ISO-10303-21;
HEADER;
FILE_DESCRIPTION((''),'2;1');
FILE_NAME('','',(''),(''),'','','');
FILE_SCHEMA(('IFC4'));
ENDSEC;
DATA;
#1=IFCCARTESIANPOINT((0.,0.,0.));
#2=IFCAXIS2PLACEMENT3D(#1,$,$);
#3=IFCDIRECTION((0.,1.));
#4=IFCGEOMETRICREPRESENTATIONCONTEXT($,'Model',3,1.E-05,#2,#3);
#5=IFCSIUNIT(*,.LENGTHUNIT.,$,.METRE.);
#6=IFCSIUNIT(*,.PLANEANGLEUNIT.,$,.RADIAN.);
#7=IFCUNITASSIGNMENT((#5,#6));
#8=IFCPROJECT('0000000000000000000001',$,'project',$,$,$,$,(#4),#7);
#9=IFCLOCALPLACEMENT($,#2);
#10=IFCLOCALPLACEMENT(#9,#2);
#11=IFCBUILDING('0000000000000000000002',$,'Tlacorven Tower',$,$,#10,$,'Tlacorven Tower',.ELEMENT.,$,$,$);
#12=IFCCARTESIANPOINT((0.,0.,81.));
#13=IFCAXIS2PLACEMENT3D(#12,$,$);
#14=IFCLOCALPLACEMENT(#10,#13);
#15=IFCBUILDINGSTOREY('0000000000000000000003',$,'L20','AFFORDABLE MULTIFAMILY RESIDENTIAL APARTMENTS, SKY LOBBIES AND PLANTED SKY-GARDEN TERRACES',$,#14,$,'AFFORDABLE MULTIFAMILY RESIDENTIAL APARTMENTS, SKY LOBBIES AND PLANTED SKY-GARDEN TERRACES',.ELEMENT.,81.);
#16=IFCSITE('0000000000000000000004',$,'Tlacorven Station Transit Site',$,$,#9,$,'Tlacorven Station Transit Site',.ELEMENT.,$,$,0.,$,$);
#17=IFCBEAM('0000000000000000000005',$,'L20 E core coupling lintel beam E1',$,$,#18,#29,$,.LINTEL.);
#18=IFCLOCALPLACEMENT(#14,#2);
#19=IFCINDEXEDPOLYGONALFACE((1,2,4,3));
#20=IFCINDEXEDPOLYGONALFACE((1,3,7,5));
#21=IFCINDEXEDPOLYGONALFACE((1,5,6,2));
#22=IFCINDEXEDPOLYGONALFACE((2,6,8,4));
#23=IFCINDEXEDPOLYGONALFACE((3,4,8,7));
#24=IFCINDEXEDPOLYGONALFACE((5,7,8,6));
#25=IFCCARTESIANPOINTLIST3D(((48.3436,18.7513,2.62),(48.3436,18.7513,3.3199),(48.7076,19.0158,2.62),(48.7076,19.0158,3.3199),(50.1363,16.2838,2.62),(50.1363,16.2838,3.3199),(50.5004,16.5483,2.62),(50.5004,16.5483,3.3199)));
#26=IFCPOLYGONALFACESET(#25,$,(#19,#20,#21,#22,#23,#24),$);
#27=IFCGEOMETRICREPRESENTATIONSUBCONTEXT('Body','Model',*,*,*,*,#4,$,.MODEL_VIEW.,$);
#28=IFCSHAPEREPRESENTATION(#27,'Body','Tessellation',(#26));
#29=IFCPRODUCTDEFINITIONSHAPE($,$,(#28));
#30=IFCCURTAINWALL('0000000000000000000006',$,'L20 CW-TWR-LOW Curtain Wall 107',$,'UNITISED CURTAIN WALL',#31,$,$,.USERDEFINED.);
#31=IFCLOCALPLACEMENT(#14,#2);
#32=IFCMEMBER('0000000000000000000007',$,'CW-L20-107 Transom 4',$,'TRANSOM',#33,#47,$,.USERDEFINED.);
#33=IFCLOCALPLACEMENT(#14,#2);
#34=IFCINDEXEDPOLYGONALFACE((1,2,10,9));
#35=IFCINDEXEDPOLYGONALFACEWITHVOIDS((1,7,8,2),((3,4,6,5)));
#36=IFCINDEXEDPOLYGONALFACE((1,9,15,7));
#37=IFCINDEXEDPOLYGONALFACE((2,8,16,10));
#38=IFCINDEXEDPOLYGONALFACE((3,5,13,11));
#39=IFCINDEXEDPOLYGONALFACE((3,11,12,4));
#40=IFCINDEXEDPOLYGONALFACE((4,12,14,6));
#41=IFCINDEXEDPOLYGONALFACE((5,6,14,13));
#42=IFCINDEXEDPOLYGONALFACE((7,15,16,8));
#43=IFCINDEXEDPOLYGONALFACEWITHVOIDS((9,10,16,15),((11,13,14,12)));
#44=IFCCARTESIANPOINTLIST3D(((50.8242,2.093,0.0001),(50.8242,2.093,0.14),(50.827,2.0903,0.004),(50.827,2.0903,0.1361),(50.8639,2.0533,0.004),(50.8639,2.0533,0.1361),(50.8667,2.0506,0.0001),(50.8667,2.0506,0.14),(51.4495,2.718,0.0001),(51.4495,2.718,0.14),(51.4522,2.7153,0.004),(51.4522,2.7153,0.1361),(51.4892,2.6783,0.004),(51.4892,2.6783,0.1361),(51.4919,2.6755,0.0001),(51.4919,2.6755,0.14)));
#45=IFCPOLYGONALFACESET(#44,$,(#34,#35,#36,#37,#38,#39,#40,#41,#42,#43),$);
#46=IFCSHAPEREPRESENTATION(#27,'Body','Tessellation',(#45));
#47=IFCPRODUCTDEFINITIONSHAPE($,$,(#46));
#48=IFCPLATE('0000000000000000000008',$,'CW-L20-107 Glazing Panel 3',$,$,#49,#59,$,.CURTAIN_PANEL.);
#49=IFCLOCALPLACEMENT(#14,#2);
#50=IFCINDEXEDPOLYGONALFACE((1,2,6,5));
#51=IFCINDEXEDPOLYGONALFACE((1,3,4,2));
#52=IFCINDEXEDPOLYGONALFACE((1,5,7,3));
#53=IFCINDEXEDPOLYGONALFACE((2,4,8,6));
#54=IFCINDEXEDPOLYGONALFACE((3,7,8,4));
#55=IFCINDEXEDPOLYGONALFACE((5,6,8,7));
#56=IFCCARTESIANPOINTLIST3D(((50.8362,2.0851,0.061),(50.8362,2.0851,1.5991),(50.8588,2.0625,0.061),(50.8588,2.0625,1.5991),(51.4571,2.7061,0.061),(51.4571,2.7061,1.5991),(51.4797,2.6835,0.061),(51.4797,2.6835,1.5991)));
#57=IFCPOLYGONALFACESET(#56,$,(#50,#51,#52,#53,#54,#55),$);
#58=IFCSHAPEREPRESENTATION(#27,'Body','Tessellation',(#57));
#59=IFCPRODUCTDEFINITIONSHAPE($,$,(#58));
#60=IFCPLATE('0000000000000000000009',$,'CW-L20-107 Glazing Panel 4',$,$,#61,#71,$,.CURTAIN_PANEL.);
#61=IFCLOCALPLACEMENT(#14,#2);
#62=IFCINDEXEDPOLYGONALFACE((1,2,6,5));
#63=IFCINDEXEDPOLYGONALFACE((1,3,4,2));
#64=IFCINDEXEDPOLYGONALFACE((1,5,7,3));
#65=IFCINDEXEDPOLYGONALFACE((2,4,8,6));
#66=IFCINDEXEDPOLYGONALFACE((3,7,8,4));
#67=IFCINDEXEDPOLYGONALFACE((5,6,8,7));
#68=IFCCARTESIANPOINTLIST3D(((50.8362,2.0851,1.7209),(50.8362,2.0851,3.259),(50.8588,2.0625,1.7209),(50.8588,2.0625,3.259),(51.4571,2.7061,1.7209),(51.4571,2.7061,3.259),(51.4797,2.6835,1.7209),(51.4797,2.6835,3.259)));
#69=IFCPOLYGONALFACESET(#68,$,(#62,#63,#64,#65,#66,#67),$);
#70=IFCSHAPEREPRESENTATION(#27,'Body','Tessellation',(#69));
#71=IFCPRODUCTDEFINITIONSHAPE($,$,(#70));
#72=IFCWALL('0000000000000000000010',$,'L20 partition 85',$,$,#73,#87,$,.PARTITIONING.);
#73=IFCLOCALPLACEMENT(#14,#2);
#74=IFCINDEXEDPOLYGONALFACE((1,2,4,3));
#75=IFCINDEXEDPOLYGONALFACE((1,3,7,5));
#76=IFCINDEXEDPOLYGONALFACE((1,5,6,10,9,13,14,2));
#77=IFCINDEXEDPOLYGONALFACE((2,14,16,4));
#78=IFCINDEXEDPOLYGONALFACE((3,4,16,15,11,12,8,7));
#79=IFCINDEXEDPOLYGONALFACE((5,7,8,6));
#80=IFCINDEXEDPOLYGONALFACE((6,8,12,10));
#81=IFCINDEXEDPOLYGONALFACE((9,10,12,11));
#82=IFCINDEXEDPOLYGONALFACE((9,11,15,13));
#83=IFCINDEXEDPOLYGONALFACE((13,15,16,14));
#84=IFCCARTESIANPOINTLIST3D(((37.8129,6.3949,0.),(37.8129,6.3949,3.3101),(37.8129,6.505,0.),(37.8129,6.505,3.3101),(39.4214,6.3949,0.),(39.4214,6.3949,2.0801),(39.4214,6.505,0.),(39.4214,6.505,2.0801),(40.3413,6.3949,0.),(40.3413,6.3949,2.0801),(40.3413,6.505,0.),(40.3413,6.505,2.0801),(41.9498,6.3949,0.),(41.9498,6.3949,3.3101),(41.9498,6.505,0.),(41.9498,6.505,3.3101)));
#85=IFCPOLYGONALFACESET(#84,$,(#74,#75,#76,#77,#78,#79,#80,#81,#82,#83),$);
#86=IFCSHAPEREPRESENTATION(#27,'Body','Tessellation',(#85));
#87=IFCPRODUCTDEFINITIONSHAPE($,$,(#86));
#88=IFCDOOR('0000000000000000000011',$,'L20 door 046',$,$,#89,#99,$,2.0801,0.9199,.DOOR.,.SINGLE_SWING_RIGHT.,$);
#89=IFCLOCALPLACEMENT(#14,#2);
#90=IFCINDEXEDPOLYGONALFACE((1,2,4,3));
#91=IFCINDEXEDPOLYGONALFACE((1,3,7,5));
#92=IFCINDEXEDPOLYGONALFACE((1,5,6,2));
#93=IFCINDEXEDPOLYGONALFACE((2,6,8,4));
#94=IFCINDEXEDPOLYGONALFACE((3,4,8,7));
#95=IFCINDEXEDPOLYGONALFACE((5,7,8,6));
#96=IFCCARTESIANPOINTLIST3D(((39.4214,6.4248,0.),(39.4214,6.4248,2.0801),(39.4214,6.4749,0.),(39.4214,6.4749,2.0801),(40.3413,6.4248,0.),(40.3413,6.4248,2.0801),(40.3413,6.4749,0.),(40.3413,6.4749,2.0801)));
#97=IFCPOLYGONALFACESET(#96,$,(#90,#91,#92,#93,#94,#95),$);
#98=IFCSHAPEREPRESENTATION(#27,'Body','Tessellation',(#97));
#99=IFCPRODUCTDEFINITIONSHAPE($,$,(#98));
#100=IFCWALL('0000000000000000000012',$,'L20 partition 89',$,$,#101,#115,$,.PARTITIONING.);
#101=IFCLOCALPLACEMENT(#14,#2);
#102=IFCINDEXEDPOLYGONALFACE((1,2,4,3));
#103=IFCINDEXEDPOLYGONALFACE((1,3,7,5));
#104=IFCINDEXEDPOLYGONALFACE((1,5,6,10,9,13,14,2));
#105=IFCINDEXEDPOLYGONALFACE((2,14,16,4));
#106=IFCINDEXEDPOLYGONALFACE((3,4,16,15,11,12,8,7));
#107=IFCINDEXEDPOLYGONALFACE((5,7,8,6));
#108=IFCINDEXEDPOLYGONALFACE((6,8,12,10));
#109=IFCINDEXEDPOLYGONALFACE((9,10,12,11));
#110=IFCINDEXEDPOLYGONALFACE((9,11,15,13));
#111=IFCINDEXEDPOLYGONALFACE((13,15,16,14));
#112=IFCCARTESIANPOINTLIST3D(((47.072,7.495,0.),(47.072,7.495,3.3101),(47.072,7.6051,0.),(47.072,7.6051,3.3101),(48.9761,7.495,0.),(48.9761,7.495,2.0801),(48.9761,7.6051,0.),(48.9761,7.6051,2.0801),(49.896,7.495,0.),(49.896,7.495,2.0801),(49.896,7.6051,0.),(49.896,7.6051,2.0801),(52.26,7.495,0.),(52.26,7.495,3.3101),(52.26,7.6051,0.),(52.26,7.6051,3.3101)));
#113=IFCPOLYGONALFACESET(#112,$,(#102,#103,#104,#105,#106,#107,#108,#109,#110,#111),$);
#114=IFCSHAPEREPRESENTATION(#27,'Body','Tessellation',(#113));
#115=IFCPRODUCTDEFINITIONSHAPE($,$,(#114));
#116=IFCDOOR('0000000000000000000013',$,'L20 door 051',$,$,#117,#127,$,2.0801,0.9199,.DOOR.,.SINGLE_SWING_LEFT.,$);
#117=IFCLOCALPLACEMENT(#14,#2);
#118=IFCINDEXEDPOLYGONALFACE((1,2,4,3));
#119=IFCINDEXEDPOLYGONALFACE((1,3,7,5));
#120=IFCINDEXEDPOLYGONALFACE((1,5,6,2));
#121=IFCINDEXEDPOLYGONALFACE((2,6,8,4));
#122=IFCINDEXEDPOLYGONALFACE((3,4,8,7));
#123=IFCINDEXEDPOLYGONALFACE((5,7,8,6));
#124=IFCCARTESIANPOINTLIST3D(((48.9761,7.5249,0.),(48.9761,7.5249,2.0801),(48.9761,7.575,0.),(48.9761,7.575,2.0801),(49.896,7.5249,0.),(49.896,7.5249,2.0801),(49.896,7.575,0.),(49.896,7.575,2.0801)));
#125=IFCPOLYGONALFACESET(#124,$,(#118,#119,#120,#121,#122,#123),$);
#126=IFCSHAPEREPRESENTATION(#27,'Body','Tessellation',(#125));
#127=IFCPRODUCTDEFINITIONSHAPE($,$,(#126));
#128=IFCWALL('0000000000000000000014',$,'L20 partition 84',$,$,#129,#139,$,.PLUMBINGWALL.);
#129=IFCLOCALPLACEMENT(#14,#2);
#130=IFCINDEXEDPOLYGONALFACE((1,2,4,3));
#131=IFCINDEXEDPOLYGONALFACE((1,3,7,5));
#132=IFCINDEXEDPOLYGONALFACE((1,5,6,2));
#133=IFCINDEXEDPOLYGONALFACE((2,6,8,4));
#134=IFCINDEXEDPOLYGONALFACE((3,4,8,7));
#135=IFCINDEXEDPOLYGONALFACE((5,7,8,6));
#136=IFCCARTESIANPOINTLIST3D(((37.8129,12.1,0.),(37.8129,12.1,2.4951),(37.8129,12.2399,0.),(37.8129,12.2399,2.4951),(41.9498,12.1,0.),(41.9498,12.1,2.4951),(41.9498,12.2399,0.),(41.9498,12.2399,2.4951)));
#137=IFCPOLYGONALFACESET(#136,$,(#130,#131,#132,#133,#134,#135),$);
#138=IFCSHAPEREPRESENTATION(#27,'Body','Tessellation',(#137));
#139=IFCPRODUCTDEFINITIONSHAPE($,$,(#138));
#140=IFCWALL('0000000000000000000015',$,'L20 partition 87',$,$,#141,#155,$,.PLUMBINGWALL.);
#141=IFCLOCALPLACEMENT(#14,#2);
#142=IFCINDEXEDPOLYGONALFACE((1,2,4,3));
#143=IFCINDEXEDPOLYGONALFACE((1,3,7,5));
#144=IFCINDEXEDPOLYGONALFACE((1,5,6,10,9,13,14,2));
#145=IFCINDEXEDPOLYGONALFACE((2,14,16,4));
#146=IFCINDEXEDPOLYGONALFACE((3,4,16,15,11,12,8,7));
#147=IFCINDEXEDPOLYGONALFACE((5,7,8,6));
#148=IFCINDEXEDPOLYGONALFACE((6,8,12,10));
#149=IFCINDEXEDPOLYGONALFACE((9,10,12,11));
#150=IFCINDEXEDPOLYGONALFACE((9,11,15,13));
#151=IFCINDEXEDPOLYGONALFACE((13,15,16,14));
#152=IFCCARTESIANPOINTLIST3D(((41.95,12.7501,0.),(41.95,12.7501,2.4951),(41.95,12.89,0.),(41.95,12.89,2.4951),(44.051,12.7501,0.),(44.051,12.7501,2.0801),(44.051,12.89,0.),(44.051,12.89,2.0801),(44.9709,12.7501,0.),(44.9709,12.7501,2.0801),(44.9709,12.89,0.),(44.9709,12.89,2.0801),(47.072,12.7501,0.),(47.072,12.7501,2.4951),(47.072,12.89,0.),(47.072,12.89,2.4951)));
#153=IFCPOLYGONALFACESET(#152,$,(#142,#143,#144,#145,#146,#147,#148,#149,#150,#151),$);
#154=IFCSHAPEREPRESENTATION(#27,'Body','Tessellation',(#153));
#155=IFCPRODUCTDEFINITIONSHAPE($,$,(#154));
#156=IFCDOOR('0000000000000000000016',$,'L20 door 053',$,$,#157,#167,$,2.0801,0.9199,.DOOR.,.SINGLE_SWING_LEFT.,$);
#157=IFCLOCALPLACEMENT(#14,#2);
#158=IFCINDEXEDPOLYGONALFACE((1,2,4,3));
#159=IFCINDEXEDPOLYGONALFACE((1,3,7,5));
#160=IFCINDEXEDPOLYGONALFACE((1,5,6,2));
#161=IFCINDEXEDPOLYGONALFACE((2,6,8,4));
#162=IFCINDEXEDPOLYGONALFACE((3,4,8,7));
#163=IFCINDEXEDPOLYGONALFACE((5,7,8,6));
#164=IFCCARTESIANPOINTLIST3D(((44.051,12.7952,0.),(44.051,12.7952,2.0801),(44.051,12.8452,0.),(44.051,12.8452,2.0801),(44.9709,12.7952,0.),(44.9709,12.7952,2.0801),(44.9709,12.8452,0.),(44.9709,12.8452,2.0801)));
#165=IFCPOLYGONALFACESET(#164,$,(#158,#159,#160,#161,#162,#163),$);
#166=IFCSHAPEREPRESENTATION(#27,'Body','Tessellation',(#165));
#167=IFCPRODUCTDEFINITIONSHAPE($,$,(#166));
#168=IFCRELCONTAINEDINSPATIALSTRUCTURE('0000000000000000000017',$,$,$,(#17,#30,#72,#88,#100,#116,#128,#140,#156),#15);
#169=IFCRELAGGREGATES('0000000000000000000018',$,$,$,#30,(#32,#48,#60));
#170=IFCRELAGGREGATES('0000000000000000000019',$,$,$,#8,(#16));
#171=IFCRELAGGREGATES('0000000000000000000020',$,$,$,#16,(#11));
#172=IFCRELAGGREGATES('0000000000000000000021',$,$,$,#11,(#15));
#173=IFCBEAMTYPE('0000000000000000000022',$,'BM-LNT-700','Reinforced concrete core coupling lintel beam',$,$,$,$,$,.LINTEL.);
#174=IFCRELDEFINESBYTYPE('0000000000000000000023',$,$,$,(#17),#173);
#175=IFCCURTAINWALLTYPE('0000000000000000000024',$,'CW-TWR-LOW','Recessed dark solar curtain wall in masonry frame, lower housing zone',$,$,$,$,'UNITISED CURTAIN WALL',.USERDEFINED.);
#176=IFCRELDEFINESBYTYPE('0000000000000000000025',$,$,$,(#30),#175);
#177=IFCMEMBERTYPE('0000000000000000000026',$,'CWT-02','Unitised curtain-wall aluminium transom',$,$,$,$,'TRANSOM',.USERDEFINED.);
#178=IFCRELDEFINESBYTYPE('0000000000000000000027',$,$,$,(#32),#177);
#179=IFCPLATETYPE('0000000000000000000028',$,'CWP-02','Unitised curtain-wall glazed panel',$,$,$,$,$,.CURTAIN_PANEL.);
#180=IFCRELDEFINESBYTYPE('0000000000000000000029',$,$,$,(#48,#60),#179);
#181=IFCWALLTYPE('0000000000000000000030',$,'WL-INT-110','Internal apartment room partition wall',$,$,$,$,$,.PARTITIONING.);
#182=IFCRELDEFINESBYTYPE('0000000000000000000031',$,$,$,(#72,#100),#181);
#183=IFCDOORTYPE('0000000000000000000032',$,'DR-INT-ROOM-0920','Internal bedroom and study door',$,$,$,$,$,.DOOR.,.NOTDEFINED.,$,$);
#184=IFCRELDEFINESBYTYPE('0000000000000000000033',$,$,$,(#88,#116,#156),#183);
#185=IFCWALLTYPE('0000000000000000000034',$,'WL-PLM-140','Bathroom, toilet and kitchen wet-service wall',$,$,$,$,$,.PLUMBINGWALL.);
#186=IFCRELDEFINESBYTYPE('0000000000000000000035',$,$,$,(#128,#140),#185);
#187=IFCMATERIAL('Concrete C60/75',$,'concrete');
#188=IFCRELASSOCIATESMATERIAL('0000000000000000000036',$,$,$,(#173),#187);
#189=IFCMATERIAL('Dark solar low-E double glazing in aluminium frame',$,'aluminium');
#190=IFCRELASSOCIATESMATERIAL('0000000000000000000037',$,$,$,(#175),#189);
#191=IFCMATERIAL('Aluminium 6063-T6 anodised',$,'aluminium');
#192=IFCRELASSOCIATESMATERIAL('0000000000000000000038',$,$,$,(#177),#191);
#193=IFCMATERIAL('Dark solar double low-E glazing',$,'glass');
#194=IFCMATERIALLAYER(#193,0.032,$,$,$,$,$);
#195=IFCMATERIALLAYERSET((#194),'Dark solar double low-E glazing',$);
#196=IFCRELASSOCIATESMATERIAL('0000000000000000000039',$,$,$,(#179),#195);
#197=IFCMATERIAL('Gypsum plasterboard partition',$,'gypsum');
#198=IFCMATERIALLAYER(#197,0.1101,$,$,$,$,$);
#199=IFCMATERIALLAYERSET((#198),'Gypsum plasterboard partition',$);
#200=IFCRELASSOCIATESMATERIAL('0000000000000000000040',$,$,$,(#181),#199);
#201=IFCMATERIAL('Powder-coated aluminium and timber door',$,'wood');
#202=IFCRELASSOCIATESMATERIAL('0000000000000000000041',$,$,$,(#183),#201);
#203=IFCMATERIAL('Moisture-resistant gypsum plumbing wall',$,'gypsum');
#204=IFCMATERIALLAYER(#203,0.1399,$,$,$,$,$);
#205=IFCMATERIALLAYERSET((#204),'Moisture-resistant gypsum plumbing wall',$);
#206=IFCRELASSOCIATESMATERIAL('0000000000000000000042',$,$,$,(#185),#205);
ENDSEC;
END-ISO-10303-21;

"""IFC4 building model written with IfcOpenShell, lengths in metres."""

from ifc_helpers import new_model, si_unit, direction, frame, frame_2d, origin, origin_2d, place, context, subcontext, project, spatial, rectangle, hollow_rectangle, extrude, source, transform, mapped, material, layer, layer_set, material_profile, profile_set, type_object, element, fill, aggregate, save


model = new_model("IFC4")

# Units and contexts
model_context = context("Model", 3, precision=1e-05, world=origin(), true_north=direction((0.0, 1.0)))
body_context = subcontext(model_context, "Body", "Model", "MODEL_VIEW")
ifc_project = project(units=[si_unit("LENGTHUNIT", "METRE"), si_unit("PLANEANGLEUNIT", "RADIAN")], contexts=[model_context])

# Site, building, storey
site_placement = place(None, origin())
site = spatial("IfcSite", under=ifc_project, at=site_placement, Name="Tlacorven Station Transit Site", LongName="Tlacorven Station Transit Site", CompositionType="ELEMENT", RefElevation=0.0)
building_placement = place(site_placement, origin())
building = spatial("IfcBuilding", under=site, at=building_placement, Name="Tlacorven Tower", LongName="Tlacorven Tower", CompositionType="ELEMENT")
storey_placement = place(building_placement, frame((0.0, 0.0, 81.0)))
storey = spatial("IfcBuildingStorey", under=building, at=storey_placement, Name="L20", Description="AFFORDABLE MULTIFAMILY RESIDENTIAL APARTMENTS, SKY LOBBIES AND PLANTED SKY-GARDEN TERRACES", LongName="AFFORDABLE MULTIFAMILY RESIDENTIAL APARTMENTS, SKY LOBBIES AND PLANTED SKY-GARDEN TERRACES", CompositionType="ELEMENT", Elevation=81.0)

# Beam
ifc_material_1 = material(Name="Concrete C60/75", Category="concrete")
ifc_material_profile_1 = material_profile(ifc_material_1, rectangle(XDim=0.45, YDim=0.7, at=origin_2d()), Name="RC 450X700")
ifc_profile_set_1 = profile_set([ifc_material_profile_1], Name="Concrete C60/75")
beam_type = type_object("IfcBeamType", Name="BM-LNT-700", Description="Reinforced concrete core coupling lintel beam", PredefinedType="LINTEL", material=ifc_profile_set_1)
shared_shape_1 = source(origin(), body_context, "Body", "SweptSolid", [
    extrude(rectangle(XDim=0.45, YDim=0.7, at=origin_2d()), origin(), (0.0, 0.0, 1.0), 3.05),
])
beam_placement = place(storey_placement, frame((50.3184, 16.416, 2.97), z_axis=(-0.587777, 0.809023, 0.0), x_axis=(-0.809023, -0.587777, 0.0)))
element("IfcBeam", 1, at=beam_placement, inside=storey, type_object=beam_type, Name="L20 E core coupling lintel beam E1", PredefinedType="LINTEL", context=body_context, shape_type="MappedRepresentation", body=[
    mapped(shared_shape_1, transform((0.0, 0.0, 0.0), scale=1.0)),
])

# Curtain wall, member, plates
ifc_material_2 = material(Name="Dark solar low-E double glazing in aluminium frame", Category="aluminium")
curtain_wall_type = type_object("IfcCurtainWallType", Name="CW-TWR-LOW", Description="Recessed dark solar curtain wall in masonry frame, lower housing zone", ElementType="UNITISED CURTAIN WALL", PredefinedType="USERDEFINED", material=ifc_material_2)
curtain_wall_placement = place(storey_placement, origin())
curtain_wall = element("IfcCurtainWall", 2, at=curtain_wall_placement, inside=storey, type_object=curtain_wall_type, Name="L20 CW-TWR-LOW Curtain Wall 107", ObjectType="UNITISED CURTAIN WALL", PredefinedType="USERDEFINED")
ifc_material_3 = material(Name="Aluminium 6063-T6 anodised", Category="aluminium")
ifc_material_profile_2 = material_profile(ifc_material_3, hollow_rectangle(XDim=0.0601, YDim=0.1399, WallThickness=0.0039, at=origin_2d()), Name="ALU TRANSOM 60X140")
ifc_profile_set_2 = profile_set([ifc_material_profile_2], Name="Aluminium 6063-T6 anodised")
member_type = type_object("IfcMemberType", Name="CWT-02", Description="Unitised curtain-wall aluminium transom", ElementType="TRANSOM", PredefinedType="USERDEFINED", material=ifc_profile_set_2)
shared_shape_2 = source(origin(), body_context, "Body", "SweptSolid", [
    extrude(hollow_rectangle(XDim=0.0601, YDim=0.1399, WallThickness=0.0039, at=origin_2d()), origin(), (0.0, 0.0, 1.0), 0.884),
])
member_placement = place(storey_placement, frame((51.4707, 2.6968, 0.0701), z_axis=(-0.707245, -0.706969, 0.0), x_axis=(0.706969, -0.707245, 0.0)))
member = element("IfcMember", 3, at=member_placement, type_object=member_type, Name="CW-L20-107 Transom 4", ObjectType="TRANSOM", PredefinedType="USERDEFINED", context=body_context, shape_type="MappedRepresentation", body=[
    mapped(shared_shape_2, transform((0.0, 0.0, 0.0), scale=1.0)),
])
ifc_material_4 = material(Name="Dark solar double low-E glazing", Category="glass")
ifc_layer_1 = layer(ifc_material_4, 0.032)
ifc_layer_set_1 = layer_set([ifc_layer_1], Name="Dark solar double low-E glazing")
plate_type = type_object("IfcPlateType", Name="CWP-02", Description="Unitised curtain-wall glazed panel", PredefinedType="CURTAIN_PANEL", material=ifc_layer_set_1)
shared_shape_3 = source(origin(), body_context, "Body", "SweptSolid", [
    extrude(rectangle(XDim=0.8782, YDim=0.032, at=origin_2d()), origin(), (0.0, 0.0, 1.0), 1.5381),
])
plate_1_placement = place(storey_placement, frame((51.158, 2.3843, 0.061), z_axis=(0.0, 0.0, 1.0), x_axis=(-0.707107, -0.707107, 0.0)))
plate_1 = element("IfcPlate", 4, at=plate_1_placement, type_object=plate_type, Name="CW-L20-107 Glazing Panel 3", PredefinedType="CURTAIN_PANEL", context=body_context, shape_type="MappedRepresentation", body=[
    mapped(shared_shape_3, transform((0.0, 0.0, 0.0), scale=1.0)),
])
plate_2_placement = place(storey_placement, frame((51.158, 2.3843, 1.7209), z_axis=(0.0, 0.0, 1.0), x_axis=(-0.707107, -0.707107, 0.0)))
plate_2 = element("IfcPlate", 5, at=plate_2_placement, type_object=plate_type, Name="CW-L20-107 Glazing Panel 4", PredefinedType="CURTAIN_PANEL", context=body_context, shape_type="MappedRepresentation", body=[
    mapped(shared_shape_3, transform((0.0, 0.0, 0.0), scale=1.0)),
])
aggregate(curtain_wall, [member, plate_1, plate_2])

# Walls, openings, doors
ifc_material_5 = material(Name="Gypsum plasterboard partition", Category="gypsum")
ifc_layer_2 = layer(ifc_material_5, 0.1101)
ifc_layer_set_2 = layer_set([ifc_layer_2], Name="Gypsum plasterboard partition")
wall_type_1 = type_object("IfcWallType", Name="WL-INT-110", Description="Internal apartment room partition wall", PredefinedType="PARTITIONING", material=ifc_layer_set_2)
wall_1_placement = place(storey_placement, frame((37.813, 6.45, 0.0), z_axis=(0.0, 0.0, 1.0), x_axis=(1.0, 0.0, 0.0)))
wall_1 = element("IfcWall", 6, at=wall_1_placement, inside=storey, type_object=wall_type_1, Name="L20 partition 85", PredefinedType="PARTITIONING", context=body_context, shape_type="SweptSolid", body=[
    extrude(rectangle(XDim=4.137, YDim=0.1101, at=frame_2d((2.0684, 0.0))), origin(), (0.0, 0.0, 1.0), 3.3101),
])
opening_1_placement = place(wall_1_placement, frame((1.6084, 0.0, 0.0)))
opening_1 = element("IfcOpeningElement", 7, at=opening_1_placement, cuts=wall_1, PredefinedType="OPENING", context=body_context, shape_type="SweptSolid", body=[
    extrude(rectangle(XDim=0.9199, YDim=2.0801, at=frame_2d((0.46, 1.04))), frame((0.0, 0.0649, 0.0), z_axis=(0.0, -1.0, 0.0), x_axis=(1.0, 0.0, 0.0)), (0.0, 0.0, 1.0), 0.1301),
])
ifc_material_6 = material(Name="Powder-coated aluminium and timber door", Category="wood")
door_type_1 = type_object("IfcDoorType", Name="DR-INT-ROOM-0920", Description="Internal bedroom and study door", OperationType="NOTDEFINED", PredefinedType="DOOR", material=ifc_material_6)
shared_shape_4 = source(origin(), body_context, "Body", "SweptSolid", [
    extrude(rectangle(XDim=0.9199, YDim=2.0801, at=frame_2d((0.46, 1.04))), frame((0.0, 0.0249, 0.0), z_axis=(0.0, -1.0, 0.0), x_axis=(1.0, 0.0, 0.0)), (0.0, 0.0, 1.0), 0.05),
])
door_1_placement = place(opening_1_placement, origin())
door_1 = element("IfcDoor", 8, at=door_1_placement, inside=storey, type_object=door_type_1, Name="L20 door 046", OperationType="SINGLE_SWING_RIGHT", OverallHeight=2.0801, OverallWidth=0.9199, PredefinedType="DOOR", context=body_context, shape_type="MappedRepresentation", body=[
    mapped(shared_shape_4, transform((0.0, 0.0, 0.0), scale=1.0)),
])
fill(opening_1, door_1)
wall_2_placement = place(storey_placement, frame((47.072, 7.55, 0.0), z_axis=(0.0, 0.0, 1.0), x_axis=(1.0, 0.0, 0.0)))
wall_2 = element("IfcWall", 9, at=wall_2_placement, inside=storey, type_object=wall_type_1, Name="L20 partition 89", PredefinedType="PARTITIONING", context=body_context, shape_type="SweptSolid", body=[
    extrude(rectangle(XDim=5.188, YDim=0.1101, at=frame_2d((2.594, 0.0))), origin(), (0.0, 0.0, 1.0), 3.3101),
])
opening_2_placement = place(wall_2_placement, frame((1.9041, 0.0, 0.0)))
opening_2 = element("IfcOpeningElement", 10, at=opening_2_placement, cuts=wall_2, PredefinedType="OPENING", context=body_context, shape_type="SweptSolid", body=[
    extrude(rectangle(XDim=0.9199, YDim=2.0801, at=frame_2d((0.46, 1.04))), frame((0.0, 0.0649, 0.0), z_axis=(0.0, -1.0, 0.0), x_axis=(1.0, 0.0, 0.0)), (0.0, 0.0, 1.0), 0.1301),
])
door_2_placement = place(opening_2_placement, origin())
door_2 = element("IfcDoor", 11, at=door_2_placement, inside=storey, type_object=door_type_1, Name="L20 door 051", OperationType="SINGLE_SWING_LEFT", OverallHeight=2.0801, OverallWidth=0.9199, PredefinedType="DOOR", context=body_context, shape_type="MappedRepresentation", body=[
    mapped(shared_shape_4, transform((0.0, 0.0, 0.0), scale=1.0)),
])
fill(opening_2, door_2)

# Wall
ifc_material_7 = material(Name="Moisture-resistant gypsum plumbing wall", Category="gypsum")
ifc_layer_3 = layer(ifc_material_7, 0.1399)
ifc_layer_set_3 = layer_set([ifc_layer_3], Name="Moisture-resistant gypsum plumbing wall")
wall_type_2 = type_object("IfcWallType", Name="WL-PLM-140", Description="Bathroom, toilet and kitchen wet-service wall", PredefinedType="PLUMBINGWALL", material=ifc_layer_set_3)
wall_3_placement = place(storey_placement, frame((37.813, 12.1699, 0.0), z_axis=(0.0, 0.0, 1.0), x_axis=(1.0, 0.0, 0.0)))
element("IfcWall", 12, at=wall_3_placement, inside=storey, type_object=wall_type_2, Name="L20 partition 84", PredefinedType="PLUMBINGWALL", context=body_context, shape_type="SweptSolid", body=[
    extrude(rectangle(XDim=4.137, YDim=0.1399, at=frame_2d((2.0684, 0.0))), origin(), (0.0, 0.0, 1.0), 2.4951),
])

# Wall, opening, door
wall_4_placement = place(storey_placement, frame((41.95, 12.8201, 0.0), z_axis=(0.0, 0.0, 1.0), x_axis=(1.0, 0.0, 0.0)))
wall_4 = element("IfcWall", 13, at=wall_4_placement, inside=storey, type_object=wall_type_2, Name="L20 partition 87", PredefinedType="PLUMBINGWALL", context=body_context, shape_type="SweptSolid", body=[
    extrude(rectangle(XDim=5.1221, YDim=0.1399, at=frame_2d((2.561, 0.0))), origin(), (0.0, 0.0, 1.0), 2.4951),
])
opening_3_placement = place(wall_4_placement, frame((2.1011, 0.0, 0.0)))
opening_3 = element("IfcOpeningElement", 14, at=opening_3_placement, cuts=wall_4, PredefinedType="OPENING", context=body_context, shape_type="SweptSolid", body=[
    extrude(rectangle(XDim=0.9199, YDim=2.0801, at=frame_2d((0.46, 1.04))), frame((0.0, 0.0801, 0.0), z_axis=(0.0, -1.0, 0.0), x_axis=(1.0, 0.0, 0.0)), (0.0, 0.0, 1.0), 0.1599),
])
door_3_placement = place(opening_3_placement, frame((0.9199, 0.0, 0.0), z_axis=(0.0, 0.0, 1.0), x_axis=(-1.0, 0.0, 0.0)))
door_3 = element("IfcDoor", 15, at=door_3_placement, inside=storey, type_object=door_type_1, Name="L20 door 053", OperationType="SINGLE_SWING_LEFT", OverallHeight=2.0801, OverallWidth=0.9199, PredefinedType="DOOR", context=body_context, shape_type="MappedRepresentation", body=[
    mapped(shared_shape_4, transform((0.0, 0.0, 0.0), scale=1.0)),
])
fill(opening_3, door_3)

save(model, "model.ifc")
